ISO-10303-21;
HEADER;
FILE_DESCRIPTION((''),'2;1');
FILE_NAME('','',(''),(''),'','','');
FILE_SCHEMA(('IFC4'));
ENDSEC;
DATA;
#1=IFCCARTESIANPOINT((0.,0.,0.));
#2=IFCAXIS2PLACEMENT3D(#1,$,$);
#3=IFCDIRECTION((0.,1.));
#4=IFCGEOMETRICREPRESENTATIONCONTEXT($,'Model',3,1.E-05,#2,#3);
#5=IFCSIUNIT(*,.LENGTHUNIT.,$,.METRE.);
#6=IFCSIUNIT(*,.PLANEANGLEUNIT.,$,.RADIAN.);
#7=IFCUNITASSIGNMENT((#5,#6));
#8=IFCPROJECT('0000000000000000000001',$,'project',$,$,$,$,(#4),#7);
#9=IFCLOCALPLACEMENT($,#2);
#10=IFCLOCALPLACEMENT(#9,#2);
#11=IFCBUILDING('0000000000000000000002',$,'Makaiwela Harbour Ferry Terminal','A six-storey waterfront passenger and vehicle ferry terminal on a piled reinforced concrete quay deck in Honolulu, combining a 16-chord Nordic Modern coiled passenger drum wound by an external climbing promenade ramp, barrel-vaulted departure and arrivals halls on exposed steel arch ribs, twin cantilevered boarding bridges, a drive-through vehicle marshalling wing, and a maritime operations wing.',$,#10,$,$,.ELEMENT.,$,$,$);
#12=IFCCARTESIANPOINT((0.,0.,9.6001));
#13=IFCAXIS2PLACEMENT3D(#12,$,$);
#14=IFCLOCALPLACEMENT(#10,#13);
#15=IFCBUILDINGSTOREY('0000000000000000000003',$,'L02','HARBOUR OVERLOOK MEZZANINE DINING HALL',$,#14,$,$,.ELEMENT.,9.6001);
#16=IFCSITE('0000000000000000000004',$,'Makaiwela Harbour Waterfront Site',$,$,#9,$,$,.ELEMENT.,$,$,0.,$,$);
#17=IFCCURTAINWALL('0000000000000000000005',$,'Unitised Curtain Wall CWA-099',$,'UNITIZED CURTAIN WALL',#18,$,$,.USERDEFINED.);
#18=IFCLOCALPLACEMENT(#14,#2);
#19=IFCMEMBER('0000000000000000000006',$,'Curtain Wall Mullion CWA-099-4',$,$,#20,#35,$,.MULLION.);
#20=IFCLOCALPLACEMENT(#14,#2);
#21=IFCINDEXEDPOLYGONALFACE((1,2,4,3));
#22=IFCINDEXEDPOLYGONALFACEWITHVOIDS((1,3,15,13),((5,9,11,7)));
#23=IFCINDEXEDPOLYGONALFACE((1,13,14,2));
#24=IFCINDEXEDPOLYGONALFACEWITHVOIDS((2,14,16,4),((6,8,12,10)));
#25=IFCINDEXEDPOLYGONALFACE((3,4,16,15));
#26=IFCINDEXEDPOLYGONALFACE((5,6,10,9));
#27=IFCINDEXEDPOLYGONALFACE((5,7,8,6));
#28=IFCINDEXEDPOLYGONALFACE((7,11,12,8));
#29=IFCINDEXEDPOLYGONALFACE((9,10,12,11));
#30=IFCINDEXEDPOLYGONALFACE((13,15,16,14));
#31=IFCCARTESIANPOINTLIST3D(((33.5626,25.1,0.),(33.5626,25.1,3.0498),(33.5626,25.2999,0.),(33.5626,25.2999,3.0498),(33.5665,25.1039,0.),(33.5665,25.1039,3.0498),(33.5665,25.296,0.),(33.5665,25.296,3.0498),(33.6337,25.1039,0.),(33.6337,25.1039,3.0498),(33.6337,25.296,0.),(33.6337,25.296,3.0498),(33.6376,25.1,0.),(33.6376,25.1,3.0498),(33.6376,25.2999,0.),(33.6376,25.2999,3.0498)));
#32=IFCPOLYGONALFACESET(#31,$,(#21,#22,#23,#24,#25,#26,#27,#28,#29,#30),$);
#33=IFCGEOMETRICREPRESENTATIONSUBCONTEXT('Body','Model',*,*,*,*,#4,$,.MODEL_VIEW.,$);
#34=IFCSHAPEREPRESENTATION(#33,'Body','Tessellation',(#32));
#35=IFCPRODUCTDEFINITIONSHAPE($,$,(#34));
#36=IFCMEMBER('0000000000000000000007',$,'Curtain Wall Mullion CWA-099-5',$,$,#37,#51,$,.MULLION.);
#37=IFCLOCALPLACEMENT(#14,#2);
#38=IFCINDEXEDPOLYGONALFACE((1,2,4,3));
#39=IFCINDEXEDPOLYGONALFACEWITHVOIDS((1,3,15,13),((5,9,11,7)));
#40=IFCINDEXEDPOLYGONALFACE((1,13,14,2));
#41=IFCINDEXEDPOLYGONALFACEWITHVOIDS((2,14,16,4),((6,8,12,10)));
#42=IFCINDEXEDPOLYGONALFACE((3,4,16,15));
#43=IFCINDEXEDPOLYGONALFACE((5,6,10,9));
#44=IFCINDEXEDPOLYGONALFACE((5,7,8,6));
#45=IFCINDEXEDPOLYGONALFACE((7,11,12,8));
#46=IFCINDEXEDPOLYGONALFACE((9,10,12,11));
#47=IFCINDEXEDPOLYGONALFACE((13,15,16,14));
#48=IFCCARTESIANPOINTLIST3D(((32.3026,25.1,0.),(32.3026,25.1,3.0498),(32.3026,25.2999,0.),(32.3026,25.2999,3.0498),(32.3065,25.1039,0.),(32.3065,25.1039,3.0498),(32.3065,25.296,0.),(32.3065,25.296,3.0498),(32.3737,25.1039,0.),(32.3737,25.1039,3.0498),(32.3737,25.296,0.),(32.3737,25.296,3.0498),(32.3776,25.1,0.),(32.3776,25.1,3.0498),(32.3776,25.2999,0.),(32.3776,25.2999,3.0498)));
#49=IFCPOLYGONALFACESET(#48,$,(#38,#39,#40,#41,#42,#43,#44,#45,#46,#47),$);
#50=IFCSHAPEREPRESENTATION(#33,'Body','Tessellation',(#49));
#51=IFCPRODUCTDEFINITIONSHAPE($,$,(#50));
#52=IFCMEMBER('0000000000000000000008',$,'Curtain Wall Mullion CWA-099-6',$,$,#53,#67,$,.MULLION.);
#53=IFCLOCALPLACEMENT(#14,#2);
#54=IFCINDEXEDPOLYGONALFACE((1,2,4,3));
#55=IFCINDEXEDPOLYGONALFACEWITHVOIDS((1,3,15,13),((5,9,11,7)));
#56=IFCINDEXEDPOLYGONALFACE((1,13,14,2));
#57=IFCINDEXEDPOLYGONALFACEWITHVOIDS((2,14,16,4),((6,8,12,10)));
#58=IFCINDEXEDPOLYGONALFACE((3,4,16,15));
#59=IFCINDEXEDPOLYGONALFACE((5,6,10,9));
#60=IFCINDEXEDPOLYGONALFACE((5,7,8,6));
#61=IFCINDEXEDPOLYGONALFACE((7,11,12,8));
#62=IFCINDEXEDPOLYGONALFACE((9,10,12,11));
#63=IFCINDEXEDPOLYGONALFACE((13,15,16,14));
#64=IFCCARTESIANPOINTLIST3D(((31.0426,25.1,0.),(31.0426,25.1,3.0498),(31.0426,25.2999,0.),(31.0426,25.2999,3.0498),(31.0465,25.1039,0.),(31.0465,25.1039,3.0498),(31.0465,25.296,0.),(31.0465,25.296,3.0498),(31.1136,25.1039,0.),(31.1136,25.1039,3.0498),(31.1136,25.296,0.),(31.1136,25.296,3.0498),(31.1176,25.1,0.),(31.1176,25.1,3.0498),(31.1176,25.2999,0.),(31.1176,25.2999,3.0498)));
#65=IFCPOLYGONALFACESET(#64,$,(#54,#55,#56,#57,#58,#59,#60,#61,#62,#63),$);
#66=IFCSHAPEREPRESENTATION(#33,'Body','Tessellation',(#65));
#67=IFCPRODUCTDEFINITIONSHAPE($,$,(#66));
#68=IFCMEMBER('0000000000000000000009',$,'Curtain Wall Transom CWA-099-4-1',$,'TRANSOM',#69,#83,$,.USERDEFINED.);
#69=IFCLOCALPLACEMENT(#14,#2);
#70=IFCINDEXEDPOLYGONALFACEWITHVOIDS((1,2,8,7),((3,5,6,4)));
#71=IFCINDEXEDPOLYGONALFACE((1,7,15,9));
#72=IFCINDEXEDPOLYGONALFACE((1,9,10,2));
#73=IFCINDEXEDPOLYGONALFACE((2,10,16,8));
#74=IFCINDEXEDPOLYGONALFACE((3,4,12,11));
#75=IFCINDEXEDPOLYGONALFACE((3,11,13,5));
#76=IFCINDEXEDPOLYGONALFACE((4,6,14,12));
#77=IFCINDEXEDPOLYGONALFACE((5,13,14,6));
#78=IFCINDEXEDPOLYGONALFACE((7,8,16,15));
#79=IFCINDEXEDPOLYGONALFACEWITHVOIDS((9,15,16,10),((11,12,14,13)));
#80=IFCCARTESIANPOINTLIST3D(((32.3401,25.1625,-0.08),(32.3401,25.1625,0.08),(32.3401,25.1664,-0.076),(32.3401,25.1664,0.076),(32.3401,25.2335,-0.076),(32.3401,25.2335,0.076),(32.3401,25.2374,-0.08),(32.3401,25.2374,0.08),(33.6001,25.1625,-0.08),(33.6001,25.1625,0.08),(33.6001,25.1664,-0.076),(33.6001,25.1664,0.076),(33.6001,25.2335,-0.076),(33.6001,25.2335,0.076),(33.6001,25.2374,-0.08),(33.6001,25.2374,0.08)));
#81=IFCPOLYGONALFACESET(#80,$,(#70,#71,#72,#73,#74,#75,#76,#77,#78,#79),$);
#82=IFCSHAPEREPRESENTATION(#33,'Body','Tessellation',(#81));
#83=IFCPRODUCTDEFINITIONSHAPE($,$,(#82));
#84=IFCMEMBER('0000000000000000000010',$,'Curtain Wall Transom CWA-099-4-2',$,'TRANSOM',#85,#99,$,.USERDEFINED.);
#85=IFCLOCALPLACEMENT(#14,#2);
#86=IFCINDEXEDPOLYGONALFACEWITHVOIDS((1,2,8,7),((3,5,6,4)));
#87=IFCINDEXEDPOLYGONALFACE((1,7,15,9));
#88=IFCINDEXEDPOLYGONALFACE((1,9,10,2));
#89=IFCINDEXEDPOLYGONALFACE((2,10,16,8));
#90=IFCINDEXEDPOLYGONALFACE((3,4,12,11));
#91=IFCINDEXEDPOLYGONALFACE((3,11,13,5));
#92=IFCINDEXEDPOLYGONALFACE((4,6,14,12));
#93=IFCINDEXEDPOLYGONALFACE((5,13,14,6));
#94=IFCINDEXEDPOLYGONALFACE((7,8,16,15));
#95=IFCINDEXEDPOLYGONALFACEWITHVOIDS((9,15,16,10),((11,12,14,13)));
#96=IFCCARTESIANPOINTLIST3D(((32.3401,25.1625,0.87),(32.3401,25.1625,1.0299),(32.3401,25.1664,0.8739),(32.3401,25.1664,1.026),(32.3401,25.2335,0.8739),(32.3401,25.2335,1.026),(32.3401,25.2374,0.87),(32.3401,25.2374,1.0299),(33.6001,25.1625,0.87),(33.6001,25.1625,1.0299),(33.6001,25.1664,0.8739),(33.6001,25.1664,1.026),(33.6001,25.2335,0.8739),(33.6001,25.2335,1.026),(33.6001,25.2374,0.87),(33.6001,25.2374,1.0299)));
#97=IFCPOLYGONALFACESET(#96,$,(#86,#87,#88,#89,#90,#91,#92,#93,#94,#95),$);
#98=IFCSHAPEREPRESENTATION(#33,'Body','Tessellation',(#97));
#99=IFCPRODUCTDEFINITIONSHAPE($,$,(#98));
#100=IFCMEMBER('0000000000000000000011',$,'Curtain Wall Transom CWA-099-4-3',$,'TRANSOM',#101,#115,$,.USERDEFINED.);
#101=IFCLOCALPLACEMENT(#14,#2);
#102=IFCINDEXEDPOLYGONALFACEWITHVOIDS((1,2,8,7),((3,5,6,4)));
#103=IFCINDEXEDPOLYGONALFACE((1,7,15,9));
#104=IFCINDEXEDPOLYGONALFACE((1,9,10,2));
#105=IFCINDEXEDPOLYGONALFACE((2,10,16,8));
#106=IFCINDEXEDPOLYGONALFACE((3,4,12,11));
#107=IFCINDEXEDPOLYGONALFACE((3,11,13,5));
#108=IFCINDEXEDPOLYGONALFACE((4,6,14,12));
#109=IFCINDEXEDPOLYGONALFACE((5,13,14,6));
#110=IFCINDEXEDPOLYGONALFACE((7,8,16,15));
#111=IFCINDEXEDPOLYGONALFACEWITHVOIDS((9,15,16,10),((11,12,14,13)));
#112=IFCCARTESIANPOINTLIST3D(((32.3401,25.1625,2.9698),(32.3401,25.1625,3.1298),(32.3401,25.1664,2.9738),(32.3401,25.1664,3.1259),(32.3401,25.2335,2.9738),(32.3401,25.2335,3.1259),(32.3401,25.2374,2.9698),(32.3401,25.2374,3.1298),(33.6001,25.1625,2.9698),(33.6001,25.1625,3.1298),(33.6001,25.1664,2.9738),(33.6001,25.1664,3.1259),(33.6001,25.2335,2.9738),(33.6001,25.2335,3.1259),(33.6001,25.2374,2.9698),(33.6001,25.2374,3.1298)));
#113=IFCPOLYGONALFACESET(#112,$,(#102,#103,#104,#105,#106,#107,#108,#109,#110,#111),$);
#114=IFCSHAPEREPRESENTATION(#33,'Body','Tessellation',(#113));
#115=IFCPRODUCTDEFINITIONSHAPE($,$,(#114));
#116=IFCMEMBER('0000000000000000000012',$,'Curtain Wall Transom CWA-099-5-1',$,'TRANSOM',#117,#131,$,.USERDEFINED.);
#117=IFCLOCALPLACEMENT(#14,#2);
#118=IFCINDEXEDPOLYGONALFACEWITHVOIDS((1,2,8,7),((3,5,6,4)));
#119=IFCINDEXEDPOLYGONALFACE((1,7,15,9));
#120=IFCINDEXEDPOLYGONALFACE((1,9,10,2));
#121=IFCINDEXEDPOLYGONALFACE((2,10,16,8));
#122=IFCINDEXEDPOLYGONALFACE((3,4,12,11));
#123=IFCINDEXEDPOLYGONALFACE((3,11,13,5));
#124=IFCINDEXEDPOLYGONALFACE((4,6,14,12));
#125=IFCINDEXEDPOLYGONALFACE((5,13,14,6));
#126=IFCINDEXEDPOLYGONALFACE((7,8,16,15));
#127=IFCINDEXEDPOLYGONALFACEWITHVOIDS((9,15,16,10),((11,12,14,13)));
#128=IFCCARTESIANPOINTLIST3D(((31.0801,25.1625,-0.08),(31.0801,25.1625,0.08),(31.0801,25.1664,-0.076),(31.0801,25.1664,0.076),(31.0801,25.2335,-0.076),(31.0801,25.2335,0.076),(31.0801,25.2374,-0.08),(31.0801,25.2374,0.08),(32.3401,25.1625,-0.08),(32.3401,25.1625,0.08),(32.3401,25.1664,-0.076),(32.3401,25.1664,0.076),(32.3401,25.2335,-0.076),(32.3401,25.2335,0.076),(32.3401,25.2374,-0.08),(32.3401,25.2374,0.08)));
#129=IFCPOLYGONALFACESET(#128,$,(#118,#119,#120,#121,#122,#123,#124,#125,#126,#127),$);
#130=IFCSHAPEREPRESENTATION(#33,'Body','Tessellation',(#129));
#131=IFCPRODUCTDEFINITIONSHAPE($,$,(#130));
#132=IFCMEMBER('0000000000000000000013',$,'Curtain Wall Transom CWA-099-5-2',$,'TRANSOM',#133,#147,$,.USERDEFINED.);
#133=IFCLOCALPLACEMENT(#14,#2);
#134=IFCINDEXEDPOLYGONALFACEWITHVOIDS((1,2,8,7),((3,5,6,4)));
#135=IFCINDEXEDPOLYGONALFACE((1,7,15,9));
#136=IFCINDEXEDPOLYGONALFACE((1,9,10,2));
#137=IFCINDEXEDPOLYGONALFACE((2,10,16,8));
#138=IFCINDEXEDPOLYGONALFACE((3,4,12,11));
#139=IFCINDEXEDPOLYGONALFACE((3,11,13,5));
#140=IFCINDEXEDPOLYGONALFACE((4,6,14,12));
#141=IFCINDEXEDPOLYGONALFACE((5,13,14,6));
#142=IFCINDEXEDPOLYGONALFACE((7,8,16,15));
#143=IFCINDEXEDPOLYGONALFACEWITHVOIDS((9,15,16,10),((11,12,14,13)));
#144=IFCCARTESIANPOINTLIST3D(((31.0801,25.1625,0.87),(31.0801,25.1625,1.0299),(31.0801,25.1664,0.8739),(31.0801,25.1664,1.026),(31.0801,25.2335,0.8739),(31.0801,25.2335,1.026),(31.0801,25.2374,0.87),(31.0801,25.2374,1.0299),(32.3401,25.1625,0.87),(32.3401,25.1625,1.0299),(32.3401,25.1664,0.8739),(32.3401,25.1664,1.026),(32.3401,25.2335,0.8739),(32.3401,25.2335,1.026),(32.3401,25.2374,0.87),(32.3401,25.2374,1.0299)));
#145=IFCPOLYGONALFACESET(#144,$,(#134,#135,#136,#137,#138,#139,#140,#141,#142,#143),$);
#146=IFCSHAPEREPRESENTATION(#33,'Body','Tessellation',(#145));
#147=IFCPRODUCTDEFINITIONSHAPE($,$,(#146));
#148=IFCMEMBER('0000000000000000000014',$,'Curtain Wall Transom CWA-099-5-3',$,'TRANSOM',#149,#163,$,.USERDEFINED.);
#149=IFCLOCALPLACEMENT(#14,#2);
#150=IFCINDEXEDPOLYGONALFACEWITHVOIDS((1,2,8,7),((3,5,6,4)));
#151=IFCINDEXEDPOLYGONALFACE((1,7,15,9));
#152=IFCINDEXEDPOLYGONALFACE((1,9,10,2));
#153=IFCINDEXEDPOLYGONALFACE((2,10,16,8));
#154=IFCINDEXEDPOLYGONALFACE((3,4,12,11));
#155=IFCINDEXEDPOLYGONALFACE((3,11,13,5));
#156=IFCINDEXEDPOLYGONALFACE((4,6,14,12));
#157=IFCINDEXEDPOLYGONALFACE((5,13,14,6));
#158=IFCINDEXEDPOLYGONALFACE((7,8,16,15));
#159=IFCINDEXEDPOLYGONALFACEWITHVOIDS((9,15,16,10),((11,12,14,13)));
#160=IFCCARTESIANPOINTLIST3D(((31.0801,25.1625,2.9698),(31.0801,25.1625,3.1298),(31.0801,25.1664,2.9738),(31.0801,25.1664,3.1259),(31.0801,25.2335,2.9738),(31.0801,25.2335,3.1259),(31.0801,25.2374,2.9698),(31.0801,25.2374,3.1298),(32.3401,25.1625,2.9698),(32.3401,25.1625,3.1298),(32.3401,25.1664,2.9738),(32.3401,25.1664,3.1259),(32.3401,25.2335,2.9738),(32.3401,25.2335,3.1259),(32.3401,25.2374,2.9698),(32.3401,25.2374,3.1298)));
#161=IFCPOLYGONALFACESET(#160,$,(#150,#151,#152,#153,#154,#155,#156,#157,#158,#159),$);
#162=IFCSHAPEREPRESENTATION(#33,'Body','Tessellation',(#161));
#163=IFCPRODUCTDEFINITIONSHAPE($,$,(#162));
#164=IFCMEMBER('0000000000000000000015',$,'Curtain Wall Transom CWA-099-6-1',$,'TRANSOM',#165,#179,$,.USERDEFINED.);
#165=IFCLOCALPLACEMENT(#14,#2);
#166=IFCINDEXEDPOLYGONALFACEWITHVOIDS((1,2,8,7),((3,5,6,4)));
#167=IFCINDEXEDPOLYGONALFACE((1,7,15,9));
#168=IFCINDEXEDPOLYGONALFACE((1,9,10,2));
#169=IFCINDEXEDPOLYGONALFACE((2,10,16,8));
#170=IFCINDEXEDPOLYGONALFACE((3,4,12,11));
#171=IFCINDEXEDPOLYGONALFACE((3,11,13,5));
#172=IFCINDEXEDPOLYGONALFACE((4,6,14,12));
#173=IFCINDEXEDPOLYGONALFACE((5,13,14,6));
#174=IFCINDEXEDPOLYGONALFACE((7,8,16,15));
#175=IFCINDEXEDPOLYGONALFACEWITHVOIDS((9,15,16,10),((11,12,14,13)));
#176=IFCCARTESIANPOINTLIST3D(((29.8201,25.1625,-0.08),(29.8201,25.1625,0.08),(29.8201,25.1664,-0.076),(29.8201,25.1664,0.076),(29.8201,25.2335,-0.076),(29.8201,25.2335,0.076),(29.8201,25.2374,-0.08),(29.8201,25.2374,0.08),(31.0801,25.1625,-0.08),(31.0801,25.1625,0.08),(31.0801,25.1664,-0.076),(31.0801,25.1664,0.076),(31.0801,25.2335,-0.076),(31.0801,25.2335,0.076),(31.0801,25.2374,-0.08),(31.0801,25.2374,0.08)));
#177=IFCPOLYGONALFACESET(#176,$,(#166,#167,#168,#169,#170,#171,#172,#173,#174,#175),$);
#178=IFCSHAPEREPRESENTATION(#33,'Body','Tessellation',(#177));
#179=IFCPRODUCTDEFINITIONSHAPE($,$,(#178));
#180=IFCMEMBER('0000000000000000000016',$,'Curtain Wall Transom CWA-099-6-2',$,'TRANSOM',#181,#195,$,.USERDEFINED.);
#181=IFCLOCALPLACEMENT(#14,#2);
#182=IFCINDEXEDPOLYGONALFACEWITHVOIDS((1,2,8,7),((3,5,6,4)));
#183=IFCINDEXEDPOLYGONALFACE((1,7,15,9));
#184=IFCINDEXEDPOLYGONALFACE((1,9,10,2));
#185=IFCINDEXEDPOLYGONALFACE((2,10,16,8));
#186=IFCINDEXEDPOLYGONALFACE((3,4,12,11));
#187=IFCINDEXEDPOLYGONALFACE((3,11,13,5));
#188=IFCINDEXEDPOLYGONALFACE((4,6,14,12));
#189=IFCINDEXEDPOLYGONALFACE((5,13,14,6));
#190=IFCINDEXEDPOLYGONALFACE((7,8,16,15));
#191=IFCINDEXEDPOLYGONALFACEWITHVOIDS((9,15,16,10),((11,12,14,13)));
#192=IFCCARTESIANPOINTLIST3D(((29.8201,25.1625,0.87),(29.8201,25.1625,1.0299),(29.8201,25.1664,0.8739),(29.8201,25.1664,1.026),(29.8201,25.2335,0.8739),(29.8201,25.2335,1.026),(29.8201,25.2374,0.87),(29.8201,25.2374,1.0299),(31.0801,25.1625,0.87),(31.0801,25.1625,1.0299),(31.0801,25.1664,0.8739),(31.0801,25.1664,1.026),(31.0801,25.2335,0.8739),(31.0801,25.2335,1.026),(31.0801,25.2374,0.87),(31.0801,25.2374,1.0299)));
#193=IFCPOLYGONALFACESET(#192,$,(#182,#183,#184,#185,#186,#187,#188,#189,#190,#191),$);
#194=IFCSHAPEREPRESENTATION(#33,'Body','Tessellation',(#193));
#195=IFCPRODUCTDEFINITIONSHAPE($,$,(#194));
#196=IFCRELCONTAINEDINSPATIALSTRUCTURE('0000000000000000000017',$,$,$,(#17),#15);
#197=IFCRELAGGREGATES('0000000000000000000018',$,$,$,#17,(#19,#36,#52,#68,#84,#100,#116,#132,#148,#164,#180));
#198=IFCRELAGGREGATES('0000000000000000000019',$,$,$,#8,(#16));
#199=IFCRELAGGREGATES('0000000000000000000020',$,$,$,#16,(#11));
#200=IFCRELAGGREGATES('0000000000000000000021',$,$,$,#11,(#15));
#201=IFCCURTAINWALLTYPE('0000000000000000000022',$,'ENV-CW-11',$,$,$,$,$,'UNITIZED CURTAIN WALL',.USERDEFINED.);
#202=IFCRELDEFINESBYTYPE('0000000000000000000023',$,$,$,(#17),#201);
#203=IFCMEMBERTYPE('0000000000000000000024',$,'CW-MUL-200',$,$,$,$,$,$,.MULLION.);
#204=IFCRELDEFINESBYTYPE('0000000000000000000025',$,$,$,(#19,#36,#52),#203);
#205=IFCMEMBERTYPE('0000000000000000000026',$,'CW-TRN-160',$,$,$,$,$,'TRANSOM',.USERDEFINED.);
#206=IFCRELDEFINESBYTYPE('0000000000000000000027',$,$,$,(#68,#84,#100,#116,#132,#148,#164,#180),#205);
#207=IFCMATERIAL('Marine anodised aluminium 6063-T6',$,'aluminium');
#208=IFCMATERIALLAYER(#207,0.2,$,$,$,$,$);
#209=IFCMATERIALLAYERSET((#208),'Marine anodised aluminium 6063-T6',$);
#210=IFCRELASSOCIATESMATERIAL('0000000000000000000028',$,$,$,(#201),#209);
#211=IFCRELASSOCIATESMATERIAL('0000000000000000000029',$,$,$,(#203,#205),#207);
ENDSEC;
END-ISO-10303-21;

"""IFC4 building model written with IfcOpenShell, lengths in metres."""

from ifc_helpers import new_model, si_unit, direction, frame, origin, origin_2d, place, context, subcontext, project, spatial, hollow_rectangle, extrude, material, layer, layer_set, material_profile, profile_set, type_object, element, aggregate, save


model = new_model("IFC4")

# Units and contexts
model_context = context("Model", 3, precision=1e-05, world=origin(), true_north=direction((0.0, 1.0)))
body_context = subcontext(model_context, "Body", "Model", "MODEL_VIEW")
ifc_project = project(units=[si_unit("LENGTHUNIT", "METRE"), si_unit("PLANEANGLEUNIT", "RADIAN")], contexts=[model_context])

# Site, building, storey
site_placement = place(None, origin())
site = spatial("IfcSite", under=ifc_project, at=site_placement, Name="Makaiwela Harbour Waterfront Site", CompositionType="ELEMENT", RefElevation=0.0)
building_placement = place(site_placement, origin())
building = spatial("IfcBuilding", under=site, at=building_placement, Name="Makaiwela Harbour Ferry Terminal", Description="A six-storey waterfront passenger and vehicle ferry terminal on a piled reinforced concrete quay deck in Honolulu, combining a 16-chord Nordic Modern coiled passenger drum wound by an external climbing promenade ramp, barrel-vaulted departure and arrivals halls on exposed steel arch ribs, twin cantilevered boarding bridges, a drive-through vehicle marshalling wing, and a maritime operations wing.", CompositionType="ELEMENT")
storey_placement = place(building_placement, frame((0.0, 0.0, 9.6001)))
storey = spatial("IfcBuildingStorey", under=building, at=storey_placement, Name="L02", Description="HARBOUR OVERLOOK MEZZANINE DINING HALL", CompositionType="ELEMENT", Elevation=9.6001)

# Curtain wall, members
ifc_material_1 = material(Name="Marine anodised aluminium 6063-T6", Category="aluminium")
ifc_layer_1 = layer(ifc_material_1, 0.2)
ifc_layer_set_1 = layer_set([ifc_layer_1], Name="Marine anodised aluminium 6063-T6")
curtain_wall_type = type_object("IfcCurtainWallType", Name="ENV-CW-11", ElementType="UNITIZED CURTAIN WALL", PredefinedType="USERDEFINED", material=ifc_layer_set_1)
curtain_wall_placement = place(storey_placement, origin())
curtain_wall = element("IfcCurtainWall", 1, at=curtain_wall_placement, inside=storey, type_object=curtain_wall_type, Name="Unitised Curtain Wall CWA-099", ObjectType="UNITIZED CURTAIN WALL", PredefinedType="USERDEFINED")
ifc_material_profile_1 = material_profile(ifc_material_1, hollow_rectangle(XDim=0.075, YDim=0.2, WallThickness=0.0039, at=origin_2d()), Name="CWM-200X75")
ifc_profile_set_1 = profile_set([ifc_material_profile_1], Name="Marine anodised aluminium 6063-T6")
member_type_1 = type_object("IfcMemberType", Name="CW-MUL-200", PredefinedType="MULLION", material=ifc_profile_set_1)
member_1_placement = place(storey_placement, frame((33.6001, 25.2, 0.0), z_axis=(0.0, 0.0, 1.0), x_axis=(1.0, 0.0, 0.0)))
member_1 = element("IfcMember", 2, at=member_1_placement, type_object=member_type_1, Name="Curtain Wall Mullion CWA-099-4", PredefinedType="MULLION", context=body_context, shape_type="SweptSolid", body=[
    extrude(hollow_rectangle(XDim=0.075, YDim=0.2, WallThickness=0.0039, at=origin_2d()), origin(), (0.0, 0.0, 1.0), 3.0498),
])
member_2_placement = place(storey_placement, frame((32.3401, 25.2, 0.0), z_axis=(0.0, 0.0, 1.0), x_axis=(1.0, 0.0, 0.0)))
member_2 = element("IfcMember", 3, at=member_2_placement, type_object=member_type_1, Name="Curtain Wall Mullion CWA-099-5", PredefinedType="MULLION", context=body_context, shape_type="SweptSolid", body=[
    extrude(hollow_rectangle(XDim=0.075, YDim=0.2, WallThickness=0.0039, at=origin_2d()), origin(), (0.0, 0.0, 1.0), 3.0498),
])
member_3_placement = place(storey_placement, frame((31.0801, 25.2, 0.0), z_axis=(0.0, 0.0, 1.0), x_axis=(1.0, 0.0, 0.0)))
member_3 = element("IfcMember", 4, at=member_3_placement, type_object=member_type_1, Name="Curtain Wall Mullion CWA-099-6", PredefinedType="MULLION", context=body_context, shape_type="SweptSolid", body=[
    extrude(hollow_rectangle(XDim=0.075, YDim=0.2, WallThickness=0.0039, at=origin_2d()), origin(), (0.0, 0.0, 1.0), 3.0498),
])
ifc_material_profile_2 = material_profile(ifc_material_1, hollow_rectangle(XDim=0.075, YDim=0.1599, WallThickness=0.0039, at=origin_2d()), Name="CWT-160X75")
ifc_profile_set_2 = profile_set([ifc_material_profile_2], Name="Marine anodised aluminium 6063-T6")
member_type_2 = type_object("IfcMemberType", Name="CW-TRN-160", ElementType="TRANSOM", PredefinedType="USERDEFINED", material=ifc_profile_set_2)
member_4_placement = place(storey_placement, frame((33.6001, 25.2, 0.0), z_axis=(-1.0, 0.0, 0.0), x_axis=(0.0, -1.0, 0.0)))
member_4 = element("IfcMember", 5, at=member_4_placement, type_object=member_type_2, Name="Curtain Wall Transom CWA-099-4-1", ObjectType="TRANSOM", PredefinedType="USERDEFINED", context=body_context, shape_type="SweptSolid", body=[
    extrude(hollow_rectangle(XDim=0.075, YDim=0.1599, WallThickness=0.0039, at=origin_2d()), origin(), (0.0, 0.0, 1.0), 1.26),
])
member_5_placement = place(storey_placement, frame((33.6001, 25.2, 0.95), z_axis=(-1.0, 0.0, 0.0), x_axis=(0.0, -1.0, 0.0)))
member_5 = element("IfcMember", 6, at=member_5_placement, type_object=member_type_2, Name="Curtain Wall Transom CWA-099-4-2", ObjectType="TRANSOM", PredefinedType="USERDEFINED", context=body_context, shape_type="SweptSolid", body=[
    extrude(hollow_rectangle(XDim=0.075, YDim=0.1599, WallThickness=0.0039, at=origin_2d()), origin(), (0.0, 0.0, 1.0), 1.26),
])
member_6_placement = place(storey_placement, frame((33.6001, 25.2, 3.0498), z_axis=(-1.0, 0.0, 0.0), x_axis=(0.0, -1.0, 0.0)))
member_6 = element("IfcMember", 7, at=member_6_placement, type_object=member_type_2, Name="Curtain Wall Transom CWA-099-4-3", ObjectType="TRANSOM", PredefinedType="USERDEFINED", context=body_context, shape_type="SweptSolid", body=[
    extrude(hollow_rectangle(XDim=0.075, YDim=0.1599, WallThickness=0.0039, at=origin_2d()), origin(), (0.0, 0.0, 1.0), 1.26),
])
member_7_placement = place(storey_placement, frame((32.3401, 25.2, 0.0), z_axis=(-1.0, 0.0, 0.0), x_axis=(0.0, -1.0, 0.0)))
member_7 = element("IfcMember", 8, at=member_7_placement, type_object=member_type_2, Name="Curtain Wall Transom CWA-099-5-1", ObjectType="TRANSOM", PredefinedType="USERDEFINED", context=body_context, shape_type="SweptSolid", body=[
    extrude(hollow_rectangle(XDim=0.075, YDim=0.1599, WallThickness=0.0039, at=origin_2d()), origin(), (0.0, 0.0, 1.0), 1.26),
])
member_8_placement = place(storey_placement, frame((32.3401, 25.2, 0.95), z_axis=(-1.0, 0.0, 0.0), x_axis=(0.0, -1.0, 0.0)))
member_8 = element("IfcMember", 9, at=member_8_placement, type_object=member_type_2, Name="Curtain Wall Transom CWA-099-5-2", ObjectType="TRANSOM", PredefinedType="USERDEFINED", context=body_context, shape_type="SweptSolid", body=[
    extrude(hollow_rectangle(XDim=0.075, YDim=0.1599, WallThickness=0.0039, at=origin_2d()), origin(), (0.0, 0.0, 1.0), 1.26),
])
member_9_placement = place(storey_placement, frame((32.3401, 25.2, 3.0498), z_axis=(-1.0, 0.0, 0.0), x_axis=(0.0, -1.0, 0.0)))
member_9 = element("IfcMember", 10, at=member_9_placement, type_object=member_type_2, Name="Curtain Wall Transom CWA-099-5-3", ObjectType="TRANSOM", PredefinedType="USERDEFINED", context=body_context, shape_type="SweptSolid", body=[
    extrude(hollow_rectangle(XDim=0.075, YDim=0.1599, WallThickness=0.0039, at=origin_2d()), origin(), (0.0, 0.0, 1.0), 1.26),
])
member_10_placement = place(storey_placement, frame((31.0801, 25.2, 0.0), z_axis=(-1.0, 0.0, 0.0), x_axis=(0.0, -1.0, 0.0)))
member_10 = element("IfcMember", 11, at=member_10_placement, type_object=member_type_2, Name="Curtain Wall Transom CWA-099-6-1", ObjectType="TRANSOM", PredefinedType="USERDEFINED", context=body_context, shape_type="SweptSolid", body=[
    extrude(hollow_rectangle(XDim=0.075, YDim=0.1599, WallThickness=0.0039, at=origin_2d()), origin(), (0.0, 0.0, 1.0), 1.26),
])
member_11_placement = place(storey_placement, frame((31.0801, 25.2, 0.95), z_axis=(-1.0, 0.0, 0.0), x_axis=(0.0, -1.0, 0.0)))
member_11 = element("IfcMember", 12, at=member_11_placement, type_object=member_type_2, Name="Curtain Wall Transom CWA-099-6-2", ObjectType="TRANSOM", PredefinedType="USERDEFINED", context=body_context, shape_type="SweptSolid", body=[
    extrude(hollow_rectangle(XDim=0.075, YDim=0.1599, WallThickness=0.0039, at=origin_2d()), origin(), (0.0, 0.0, 1.0), 1.26),
])

aggregate(curtain_wall, [member_1, member_2, member_3, member_4, member_5, member_6, member_7, member_8, member_9, member_10, member_11])

save(model, "model.ifc")
